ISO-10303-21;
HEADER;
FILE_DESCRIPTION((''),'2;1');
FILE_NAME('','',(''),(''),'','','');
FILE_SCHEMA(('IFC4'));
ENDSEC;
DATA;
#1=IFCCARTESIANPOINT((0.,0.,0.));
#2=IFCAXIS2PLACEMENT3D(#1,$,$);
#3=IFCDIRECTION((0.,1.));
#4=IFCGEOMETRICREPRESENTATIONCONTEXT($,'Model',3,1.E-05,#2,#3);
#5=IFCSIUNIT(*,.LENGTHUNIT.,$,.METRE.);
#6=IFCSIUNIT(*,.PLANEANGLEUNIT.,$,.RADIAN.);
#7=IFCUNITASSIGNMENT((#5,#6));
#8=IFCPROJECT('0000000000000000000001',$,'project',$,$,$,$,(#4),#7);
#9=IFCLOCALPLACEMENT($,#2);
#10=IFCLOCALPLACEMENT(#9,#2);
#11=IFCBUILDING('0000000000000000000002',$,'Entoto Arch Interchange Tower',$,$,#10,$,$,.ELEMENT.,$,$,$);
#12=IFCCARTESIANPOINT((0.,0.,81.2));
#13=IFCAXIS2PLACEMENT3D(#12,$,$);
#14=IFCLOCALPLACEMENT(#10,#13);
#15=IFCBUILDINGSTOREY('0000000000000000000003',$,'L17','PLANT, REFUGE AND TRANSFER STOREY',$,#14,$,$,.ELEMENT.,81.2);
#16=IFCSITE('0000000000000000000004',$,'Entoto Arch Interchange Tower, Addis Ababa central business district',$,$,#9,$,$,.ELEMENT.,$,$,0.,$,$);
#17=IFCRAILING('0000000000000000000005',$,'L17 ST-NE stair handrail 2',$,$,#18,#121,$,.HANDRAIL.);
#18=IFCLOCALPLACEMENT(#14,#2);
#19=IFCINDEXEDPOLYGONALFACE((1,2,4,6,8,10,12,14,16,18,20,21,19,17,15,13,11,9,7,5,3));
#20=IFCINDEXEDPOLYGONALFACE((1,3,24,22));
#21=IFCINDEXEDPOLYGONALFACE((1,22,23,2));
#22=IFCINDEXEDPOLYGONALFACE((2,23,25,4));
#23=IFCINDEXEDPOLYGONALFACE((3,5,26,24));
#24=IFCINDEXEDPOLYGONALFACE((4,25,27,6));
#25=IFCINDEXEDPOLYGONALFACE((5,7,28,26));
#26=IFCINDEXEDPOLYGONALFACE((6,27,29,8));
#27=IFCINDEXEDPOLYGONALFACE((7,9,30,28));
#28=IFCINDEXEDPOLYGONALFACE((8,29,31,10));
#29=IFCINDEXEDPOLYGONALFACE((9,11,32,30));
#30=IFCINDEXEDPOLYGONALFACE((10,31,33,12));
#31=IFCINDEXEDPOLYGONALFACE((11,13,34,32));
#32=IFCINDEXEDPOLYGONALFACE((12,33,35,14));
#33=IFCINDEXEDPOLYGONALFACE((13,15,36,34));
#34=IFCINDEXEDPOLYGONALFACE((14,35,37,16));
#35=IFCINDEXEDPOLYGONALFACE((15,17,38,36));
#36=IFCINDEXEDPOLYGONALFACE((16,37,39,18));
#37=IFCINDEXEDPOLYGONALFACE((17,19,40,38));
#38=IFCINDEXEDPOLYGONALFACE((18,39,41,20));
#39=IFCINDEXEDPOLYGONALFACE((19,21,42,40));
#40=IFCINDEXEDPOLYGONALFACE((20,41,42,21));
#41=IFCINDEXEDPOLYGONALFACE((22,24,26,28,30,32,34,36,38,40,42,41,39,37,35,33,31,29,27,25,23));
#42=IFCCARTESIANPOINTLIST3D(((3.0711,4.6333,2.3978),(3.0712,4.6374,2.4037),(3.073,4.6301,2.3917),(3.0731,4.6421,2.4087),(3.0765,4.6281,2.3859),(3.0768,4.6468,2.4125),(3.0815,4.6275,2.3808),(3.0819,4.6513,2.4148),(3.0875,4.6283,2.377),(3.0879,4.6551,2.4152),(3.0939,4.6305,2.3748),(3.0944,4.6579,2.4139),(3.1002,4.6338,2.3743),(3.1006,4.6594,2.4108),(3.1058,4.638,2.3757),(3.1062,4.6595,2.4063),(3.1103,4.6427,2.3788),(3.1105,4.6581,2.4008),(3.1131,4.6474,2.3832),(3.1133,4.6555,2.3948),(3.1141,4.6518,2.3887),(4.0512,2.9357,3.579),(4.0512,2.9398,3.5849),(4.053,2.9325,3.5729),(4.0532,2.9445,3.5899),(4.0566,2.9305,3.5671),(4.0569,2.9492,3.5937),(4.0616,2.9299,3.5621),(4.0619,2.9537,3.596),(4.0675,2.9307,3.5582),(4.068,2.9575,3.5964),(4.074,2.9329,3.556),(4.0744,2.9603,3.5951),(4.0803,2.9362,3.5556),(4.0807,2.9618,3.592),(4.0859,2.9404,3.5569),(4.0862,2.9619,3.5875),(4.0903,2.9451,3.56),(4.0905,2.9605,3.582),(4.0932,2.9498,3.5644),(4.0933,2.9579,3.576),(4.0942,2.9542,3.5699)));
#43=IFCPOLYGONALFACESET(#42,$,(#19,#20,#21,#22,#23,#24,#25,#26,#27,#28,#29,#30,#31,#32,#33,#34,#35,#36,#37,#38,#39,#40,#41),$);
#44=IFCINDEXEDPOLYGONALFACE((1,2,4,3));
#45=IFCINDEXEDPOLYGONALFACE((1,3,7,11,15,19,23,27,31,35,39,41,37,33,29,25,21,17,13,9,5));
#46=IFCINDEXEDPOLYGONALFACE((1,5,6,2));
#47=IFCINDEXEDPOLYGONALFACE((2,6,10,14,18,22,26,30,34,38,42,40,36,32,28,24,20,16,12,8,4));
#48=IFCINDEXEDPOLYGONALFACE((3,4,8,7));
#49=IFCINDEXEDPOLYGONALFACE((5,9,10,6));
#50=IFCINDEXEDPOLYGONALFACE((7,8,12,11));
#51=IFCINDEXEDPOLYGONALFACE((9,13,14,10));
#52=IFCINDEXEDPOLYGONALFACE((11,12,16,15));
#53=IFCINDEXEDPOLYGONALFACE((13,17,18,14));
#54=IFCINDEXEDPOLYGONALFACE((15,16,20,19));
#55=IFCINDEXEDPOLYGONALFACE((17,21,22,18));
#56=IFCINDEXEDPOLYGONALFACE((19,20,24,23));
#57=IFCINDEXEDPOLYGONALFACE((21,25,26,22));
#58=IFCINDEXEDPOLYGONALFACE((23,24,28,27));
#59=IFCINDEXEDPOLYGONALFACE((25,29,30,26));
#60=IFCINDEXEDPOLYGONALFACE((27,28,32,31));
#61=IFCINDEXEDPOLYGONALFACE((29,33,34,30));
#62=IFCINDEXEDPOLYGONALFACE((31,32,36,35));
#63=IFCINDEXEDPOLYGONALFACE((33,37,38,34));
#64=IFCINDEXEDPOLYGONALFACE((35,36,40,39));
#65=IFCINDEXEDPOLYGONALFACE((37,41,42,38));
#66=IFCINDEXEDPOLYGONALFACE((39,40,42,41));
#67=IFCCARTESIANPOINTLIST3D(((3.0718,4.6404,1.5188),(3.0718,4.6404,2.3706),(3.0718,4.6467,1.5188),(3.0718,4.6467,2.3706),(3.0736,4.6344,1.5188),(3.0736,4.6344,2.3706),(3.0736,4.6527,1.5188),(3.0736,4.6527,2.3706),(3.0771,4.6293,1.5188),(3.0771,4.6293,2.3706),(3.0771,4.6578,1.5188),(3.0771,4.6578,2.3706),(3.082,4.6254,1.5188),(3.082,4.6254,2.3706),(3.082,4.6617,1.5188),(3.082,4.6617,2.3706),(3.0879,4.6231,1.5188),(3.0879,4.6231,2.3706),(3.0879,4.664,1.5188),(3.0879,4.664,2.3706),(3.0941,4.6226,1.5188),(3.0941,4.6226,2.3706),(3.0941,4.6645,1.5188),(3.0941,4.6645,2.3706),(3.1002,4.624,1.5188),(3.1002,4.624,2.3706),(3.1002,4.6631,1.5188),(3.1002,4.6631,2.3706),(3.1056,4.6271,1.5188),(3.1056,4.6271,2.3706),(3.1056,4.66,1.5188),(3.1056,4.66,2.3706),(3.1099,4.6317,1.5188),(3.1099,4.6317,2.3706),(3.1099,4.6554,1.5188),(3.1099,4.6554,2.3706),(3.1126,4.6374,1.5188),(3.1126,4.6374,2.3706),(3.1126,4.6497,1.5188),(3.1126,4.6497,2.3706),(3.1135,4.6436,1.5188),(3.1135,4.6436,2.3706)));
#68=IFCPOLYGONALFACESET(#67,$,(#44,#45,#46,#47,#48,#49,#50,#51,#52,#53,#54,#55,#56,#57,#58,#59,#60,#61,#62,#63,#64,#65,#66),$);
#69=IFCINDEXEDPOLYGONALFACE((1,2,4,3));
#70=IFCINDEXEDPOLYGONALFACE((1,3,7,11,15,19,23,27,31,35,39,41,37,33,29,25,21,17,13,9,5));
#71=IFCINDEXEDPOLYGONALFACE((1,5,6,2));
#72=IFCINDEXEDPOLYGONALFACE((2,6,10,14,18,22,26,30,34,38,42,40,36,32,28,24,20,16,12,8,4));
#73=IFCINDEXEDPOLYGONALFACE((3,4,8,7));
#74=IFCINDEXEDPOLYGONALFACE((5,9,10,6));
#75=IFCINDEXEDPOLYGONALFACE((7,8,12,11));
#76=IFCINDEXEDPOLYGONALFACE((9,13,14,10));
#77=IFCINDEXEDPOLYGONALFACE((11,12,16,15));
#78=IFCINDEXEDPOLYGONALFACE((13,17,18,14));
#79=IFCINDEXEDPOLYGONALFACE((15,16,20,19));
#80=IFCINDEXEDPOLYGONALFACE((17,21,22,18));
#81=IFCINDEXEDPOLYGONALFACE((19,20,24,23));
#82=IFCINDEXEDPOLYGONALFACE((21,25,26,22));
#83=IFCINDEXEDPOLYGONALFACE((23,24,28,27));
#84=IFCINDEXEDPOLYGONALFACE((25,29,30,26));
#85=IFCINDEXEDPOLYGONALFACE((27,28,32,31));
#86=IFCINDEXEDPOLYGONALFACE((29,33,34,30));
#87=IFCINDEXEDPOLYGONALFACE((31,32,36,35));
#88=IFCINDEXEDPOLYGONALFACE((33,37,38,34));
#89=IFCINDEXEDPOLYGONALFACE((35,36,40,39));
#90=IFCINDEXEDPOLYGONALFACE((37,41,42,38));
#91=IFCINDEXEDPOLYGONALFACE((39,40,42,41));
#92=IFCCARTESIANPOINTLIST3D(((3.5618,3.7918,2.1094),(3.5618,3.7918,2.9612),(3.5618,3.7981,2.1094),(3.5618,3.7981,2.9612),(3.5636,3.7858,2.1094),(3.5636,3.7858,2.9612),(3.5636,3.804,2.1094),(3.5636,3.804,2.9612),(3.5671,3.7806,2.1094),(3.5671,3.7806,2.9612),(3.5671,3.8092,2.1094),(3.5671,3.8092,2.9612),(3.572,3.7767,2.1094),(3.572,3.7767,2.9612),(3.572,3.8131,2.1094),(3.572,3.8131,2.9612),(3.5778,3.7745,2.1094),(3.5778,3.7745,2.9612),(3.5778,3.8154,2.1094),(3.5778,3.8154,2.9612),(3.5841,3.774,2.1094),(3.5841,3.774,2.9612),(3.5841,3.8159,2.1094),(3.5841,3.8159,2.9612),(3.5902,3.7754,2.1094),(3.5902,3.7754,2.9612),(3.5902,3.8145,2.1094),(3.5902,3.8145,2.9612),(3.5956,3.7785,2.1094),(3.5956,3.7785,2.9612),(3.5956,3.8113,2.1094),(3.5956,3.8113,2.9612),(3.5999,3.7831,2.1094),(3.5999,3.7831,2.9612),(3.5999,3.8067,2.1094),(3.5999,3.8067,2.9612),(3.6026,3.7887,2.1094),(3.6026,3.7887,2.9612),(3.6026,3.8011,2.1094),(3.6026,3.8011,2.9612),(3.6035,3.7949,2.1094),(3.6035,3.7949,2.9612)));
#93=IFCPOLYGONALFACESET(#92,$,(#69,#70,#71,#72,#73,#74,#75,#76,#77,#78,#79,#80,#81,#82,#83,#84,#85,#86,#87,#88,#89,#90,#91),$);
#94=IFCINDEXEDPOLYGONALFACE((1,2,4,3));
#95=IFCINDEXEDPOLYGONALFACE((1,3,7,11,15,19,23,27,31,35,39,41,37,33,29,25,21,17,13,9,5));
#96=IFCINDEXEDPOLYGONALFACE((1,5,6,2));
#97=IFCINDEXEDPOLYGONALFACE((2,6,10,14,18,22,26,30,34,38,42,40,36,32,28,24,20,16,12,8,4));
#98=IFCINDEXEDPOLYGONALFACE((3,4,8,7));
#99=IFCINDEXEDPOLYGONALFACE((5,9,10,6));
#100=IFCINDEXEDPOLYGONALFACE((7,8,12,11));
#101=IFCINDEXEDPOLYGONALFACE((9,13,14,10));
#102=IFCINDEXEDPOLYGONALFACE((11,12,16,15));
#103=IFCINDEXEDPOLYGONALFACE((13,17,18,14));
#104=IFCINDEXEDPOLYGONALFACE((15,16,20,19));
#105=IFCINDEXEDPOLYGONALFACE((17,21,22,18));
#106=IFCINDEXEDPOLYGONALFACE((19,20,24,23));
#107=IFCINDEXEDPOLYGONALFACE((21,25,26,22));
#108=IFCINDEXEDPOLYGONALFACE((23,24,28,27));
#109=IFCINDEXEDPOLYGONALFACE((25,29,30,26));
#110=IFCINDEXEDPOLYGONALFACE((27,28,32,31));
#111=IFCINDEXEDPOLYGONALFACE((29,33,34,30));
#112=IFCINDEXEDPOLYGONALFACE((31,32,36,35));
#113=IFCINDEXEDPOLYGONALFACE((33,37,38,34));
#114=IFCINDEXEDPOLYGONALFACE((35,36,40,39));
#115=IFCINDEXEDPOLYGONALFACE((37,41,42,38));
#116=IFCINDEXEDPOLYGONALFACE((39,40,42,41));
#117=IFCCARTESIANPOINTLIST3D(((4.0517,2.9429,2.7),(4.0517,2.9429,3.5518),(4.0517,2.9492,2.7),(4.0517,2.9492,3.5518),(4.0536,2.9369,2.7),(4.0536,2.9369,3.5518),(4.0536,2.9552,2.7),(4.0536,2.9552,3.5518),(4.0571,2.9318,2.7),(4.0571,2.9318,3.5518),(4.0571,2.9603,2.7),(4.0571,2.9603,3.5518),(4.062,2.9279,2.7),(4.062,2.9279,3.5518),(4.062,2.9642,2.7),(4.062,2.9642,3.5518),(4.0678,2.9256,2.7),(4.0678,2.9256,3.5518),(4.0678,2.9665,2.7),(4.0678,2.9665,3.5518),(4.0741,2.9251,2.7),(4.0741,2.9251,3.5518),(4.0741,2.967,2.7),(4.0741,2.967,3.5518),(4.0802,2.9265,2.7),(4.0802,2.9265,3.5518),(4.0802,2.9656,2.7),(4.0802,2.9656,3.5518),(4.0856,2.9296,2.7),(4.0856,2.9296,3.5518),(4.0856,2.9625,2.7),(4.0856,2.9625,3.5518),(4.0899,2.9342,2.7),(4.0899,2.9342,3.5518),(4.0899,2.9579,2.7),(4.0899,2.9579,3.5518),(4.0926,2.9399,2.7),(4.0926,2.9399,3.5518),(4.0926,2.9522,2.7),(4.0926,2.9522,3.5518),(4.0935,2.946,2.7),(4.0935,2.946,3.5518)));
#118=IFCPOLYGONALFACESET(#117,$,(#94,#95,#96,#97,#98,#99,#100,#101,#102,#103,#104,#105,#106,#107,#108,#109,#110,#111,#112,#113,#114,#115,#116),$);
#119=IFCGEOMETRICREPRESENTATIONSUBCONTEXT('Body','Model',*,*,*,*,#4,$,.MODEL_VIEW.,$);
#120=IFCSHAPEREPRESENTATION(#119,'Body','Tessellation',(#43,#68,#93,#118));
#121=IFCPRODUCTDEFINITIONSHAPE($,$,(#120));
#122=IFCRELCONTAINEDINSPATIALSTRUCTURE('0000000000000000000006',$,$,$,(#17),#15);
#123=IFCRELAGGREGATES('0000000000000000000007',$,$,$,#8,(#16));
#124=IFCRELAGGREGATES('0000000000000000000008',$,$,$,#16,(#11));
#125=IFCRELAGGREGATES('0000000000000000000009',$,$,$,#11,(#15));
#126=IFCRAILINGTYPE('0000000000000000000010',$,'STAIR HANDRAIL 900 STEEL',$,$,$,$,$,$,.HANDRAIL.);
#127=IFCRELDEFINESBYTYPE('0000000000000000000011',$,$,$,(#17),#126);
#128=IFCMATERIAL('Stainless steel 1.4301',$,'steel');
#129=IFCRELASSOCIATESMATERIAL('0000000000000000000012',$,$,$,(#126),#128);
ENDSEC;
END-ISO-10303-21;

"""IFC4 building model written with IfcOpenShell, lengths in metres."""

from ifc_helpers import new_model, si_unit, direction, frame, origin, origin_2d, place, context, subcontext, project, spatial, circle, extrude, material, type_object, element, save


model = new_model("IFC4")

# Units and contexts
model_context = context("Model", 3, precision=1e-05, world=origin(), true_north=direction((0.0, 1.0)))
body_context = subcontext(model_context, "Body", "Model", "MODEL_VIEW")
ifc_project = project(units=[si_unit("LENGTHUNIT", "METRE"), si_unit("PLANEANGLEUNIT", "RADIAN")], contexts=[model_context])

# Site, building, storey
site_placement = place(None, origin())
site = spatial("IfcSite", under=ifc_project, at=site_placement, Name="Entoto Arch Interchange Tower, Addis Ababa central business district", CompositionType="ELEMENT", RefElevation=0.0)
building_placement = place(site_placement, origin())
building = spatial("IfcBuilding", under=site, at=building_placement, Name="Entoto Arch Interchange Tower", CompositionType="ELEMENT")
storey_placement = place(building_placement, frame((0.0, 0.0, 81.2)))
storey = spatial("IfcBuildingStorey", under=building, at=storey_placement, Name="L17", Description="PLANT, REFUGE AND TRANSFER STOREY", CompositionType="ELEMENT", Elevation=81.2)

# Railing
ifc_material_1 = material(Name="Stainless steel 1.4301", Category="steel")
railing_type_1 = type_object("IfcRailingType", Name="STAIR HANDRAIL 900 STEEL", PredefinedType="HANDRAIL", material=ifc_material_1)
railing_1_placement = place(storey_placement, frame((3.0925, 4.6436, 1.5188)))
element("IfcRailing", 1, at=railing_1_placement, inside=storey, type_object=railing_type_1, Name="L17 ST-NE stair handrail 2", PredefinedType="HANDRAIL", context=body_context, shape_type="SweptSolid", body=[
    extrude(circle(Radius=0.0239, at=origin_2d()), frame((0.0, 0.0, 0.876), z_axis=(0.428228, -0.741771, 0.516135), x_axis=(0.866042, 0.49997, 0.0)), (0.0, 0.0, 1.0), 2.2886),
    extrude(circle(Radius=0.021, at=origin_2d()), origin(), (0.0, 0.0, 1.0), 0.8518),
    extrude(circle(Radius=0.021, at=origin_2d()), frame((0.49, -0.8486, 0.5906)), (0.0, 0.0, 1.0), 0.8518),
    extrude(circle(Radius=0.021, at=origin_2d()), frame((0.98, -1.6975, 1.1812)), (0.0, 0.0, 1.0), 0.8518),
])

save(model, "model.ifc")
